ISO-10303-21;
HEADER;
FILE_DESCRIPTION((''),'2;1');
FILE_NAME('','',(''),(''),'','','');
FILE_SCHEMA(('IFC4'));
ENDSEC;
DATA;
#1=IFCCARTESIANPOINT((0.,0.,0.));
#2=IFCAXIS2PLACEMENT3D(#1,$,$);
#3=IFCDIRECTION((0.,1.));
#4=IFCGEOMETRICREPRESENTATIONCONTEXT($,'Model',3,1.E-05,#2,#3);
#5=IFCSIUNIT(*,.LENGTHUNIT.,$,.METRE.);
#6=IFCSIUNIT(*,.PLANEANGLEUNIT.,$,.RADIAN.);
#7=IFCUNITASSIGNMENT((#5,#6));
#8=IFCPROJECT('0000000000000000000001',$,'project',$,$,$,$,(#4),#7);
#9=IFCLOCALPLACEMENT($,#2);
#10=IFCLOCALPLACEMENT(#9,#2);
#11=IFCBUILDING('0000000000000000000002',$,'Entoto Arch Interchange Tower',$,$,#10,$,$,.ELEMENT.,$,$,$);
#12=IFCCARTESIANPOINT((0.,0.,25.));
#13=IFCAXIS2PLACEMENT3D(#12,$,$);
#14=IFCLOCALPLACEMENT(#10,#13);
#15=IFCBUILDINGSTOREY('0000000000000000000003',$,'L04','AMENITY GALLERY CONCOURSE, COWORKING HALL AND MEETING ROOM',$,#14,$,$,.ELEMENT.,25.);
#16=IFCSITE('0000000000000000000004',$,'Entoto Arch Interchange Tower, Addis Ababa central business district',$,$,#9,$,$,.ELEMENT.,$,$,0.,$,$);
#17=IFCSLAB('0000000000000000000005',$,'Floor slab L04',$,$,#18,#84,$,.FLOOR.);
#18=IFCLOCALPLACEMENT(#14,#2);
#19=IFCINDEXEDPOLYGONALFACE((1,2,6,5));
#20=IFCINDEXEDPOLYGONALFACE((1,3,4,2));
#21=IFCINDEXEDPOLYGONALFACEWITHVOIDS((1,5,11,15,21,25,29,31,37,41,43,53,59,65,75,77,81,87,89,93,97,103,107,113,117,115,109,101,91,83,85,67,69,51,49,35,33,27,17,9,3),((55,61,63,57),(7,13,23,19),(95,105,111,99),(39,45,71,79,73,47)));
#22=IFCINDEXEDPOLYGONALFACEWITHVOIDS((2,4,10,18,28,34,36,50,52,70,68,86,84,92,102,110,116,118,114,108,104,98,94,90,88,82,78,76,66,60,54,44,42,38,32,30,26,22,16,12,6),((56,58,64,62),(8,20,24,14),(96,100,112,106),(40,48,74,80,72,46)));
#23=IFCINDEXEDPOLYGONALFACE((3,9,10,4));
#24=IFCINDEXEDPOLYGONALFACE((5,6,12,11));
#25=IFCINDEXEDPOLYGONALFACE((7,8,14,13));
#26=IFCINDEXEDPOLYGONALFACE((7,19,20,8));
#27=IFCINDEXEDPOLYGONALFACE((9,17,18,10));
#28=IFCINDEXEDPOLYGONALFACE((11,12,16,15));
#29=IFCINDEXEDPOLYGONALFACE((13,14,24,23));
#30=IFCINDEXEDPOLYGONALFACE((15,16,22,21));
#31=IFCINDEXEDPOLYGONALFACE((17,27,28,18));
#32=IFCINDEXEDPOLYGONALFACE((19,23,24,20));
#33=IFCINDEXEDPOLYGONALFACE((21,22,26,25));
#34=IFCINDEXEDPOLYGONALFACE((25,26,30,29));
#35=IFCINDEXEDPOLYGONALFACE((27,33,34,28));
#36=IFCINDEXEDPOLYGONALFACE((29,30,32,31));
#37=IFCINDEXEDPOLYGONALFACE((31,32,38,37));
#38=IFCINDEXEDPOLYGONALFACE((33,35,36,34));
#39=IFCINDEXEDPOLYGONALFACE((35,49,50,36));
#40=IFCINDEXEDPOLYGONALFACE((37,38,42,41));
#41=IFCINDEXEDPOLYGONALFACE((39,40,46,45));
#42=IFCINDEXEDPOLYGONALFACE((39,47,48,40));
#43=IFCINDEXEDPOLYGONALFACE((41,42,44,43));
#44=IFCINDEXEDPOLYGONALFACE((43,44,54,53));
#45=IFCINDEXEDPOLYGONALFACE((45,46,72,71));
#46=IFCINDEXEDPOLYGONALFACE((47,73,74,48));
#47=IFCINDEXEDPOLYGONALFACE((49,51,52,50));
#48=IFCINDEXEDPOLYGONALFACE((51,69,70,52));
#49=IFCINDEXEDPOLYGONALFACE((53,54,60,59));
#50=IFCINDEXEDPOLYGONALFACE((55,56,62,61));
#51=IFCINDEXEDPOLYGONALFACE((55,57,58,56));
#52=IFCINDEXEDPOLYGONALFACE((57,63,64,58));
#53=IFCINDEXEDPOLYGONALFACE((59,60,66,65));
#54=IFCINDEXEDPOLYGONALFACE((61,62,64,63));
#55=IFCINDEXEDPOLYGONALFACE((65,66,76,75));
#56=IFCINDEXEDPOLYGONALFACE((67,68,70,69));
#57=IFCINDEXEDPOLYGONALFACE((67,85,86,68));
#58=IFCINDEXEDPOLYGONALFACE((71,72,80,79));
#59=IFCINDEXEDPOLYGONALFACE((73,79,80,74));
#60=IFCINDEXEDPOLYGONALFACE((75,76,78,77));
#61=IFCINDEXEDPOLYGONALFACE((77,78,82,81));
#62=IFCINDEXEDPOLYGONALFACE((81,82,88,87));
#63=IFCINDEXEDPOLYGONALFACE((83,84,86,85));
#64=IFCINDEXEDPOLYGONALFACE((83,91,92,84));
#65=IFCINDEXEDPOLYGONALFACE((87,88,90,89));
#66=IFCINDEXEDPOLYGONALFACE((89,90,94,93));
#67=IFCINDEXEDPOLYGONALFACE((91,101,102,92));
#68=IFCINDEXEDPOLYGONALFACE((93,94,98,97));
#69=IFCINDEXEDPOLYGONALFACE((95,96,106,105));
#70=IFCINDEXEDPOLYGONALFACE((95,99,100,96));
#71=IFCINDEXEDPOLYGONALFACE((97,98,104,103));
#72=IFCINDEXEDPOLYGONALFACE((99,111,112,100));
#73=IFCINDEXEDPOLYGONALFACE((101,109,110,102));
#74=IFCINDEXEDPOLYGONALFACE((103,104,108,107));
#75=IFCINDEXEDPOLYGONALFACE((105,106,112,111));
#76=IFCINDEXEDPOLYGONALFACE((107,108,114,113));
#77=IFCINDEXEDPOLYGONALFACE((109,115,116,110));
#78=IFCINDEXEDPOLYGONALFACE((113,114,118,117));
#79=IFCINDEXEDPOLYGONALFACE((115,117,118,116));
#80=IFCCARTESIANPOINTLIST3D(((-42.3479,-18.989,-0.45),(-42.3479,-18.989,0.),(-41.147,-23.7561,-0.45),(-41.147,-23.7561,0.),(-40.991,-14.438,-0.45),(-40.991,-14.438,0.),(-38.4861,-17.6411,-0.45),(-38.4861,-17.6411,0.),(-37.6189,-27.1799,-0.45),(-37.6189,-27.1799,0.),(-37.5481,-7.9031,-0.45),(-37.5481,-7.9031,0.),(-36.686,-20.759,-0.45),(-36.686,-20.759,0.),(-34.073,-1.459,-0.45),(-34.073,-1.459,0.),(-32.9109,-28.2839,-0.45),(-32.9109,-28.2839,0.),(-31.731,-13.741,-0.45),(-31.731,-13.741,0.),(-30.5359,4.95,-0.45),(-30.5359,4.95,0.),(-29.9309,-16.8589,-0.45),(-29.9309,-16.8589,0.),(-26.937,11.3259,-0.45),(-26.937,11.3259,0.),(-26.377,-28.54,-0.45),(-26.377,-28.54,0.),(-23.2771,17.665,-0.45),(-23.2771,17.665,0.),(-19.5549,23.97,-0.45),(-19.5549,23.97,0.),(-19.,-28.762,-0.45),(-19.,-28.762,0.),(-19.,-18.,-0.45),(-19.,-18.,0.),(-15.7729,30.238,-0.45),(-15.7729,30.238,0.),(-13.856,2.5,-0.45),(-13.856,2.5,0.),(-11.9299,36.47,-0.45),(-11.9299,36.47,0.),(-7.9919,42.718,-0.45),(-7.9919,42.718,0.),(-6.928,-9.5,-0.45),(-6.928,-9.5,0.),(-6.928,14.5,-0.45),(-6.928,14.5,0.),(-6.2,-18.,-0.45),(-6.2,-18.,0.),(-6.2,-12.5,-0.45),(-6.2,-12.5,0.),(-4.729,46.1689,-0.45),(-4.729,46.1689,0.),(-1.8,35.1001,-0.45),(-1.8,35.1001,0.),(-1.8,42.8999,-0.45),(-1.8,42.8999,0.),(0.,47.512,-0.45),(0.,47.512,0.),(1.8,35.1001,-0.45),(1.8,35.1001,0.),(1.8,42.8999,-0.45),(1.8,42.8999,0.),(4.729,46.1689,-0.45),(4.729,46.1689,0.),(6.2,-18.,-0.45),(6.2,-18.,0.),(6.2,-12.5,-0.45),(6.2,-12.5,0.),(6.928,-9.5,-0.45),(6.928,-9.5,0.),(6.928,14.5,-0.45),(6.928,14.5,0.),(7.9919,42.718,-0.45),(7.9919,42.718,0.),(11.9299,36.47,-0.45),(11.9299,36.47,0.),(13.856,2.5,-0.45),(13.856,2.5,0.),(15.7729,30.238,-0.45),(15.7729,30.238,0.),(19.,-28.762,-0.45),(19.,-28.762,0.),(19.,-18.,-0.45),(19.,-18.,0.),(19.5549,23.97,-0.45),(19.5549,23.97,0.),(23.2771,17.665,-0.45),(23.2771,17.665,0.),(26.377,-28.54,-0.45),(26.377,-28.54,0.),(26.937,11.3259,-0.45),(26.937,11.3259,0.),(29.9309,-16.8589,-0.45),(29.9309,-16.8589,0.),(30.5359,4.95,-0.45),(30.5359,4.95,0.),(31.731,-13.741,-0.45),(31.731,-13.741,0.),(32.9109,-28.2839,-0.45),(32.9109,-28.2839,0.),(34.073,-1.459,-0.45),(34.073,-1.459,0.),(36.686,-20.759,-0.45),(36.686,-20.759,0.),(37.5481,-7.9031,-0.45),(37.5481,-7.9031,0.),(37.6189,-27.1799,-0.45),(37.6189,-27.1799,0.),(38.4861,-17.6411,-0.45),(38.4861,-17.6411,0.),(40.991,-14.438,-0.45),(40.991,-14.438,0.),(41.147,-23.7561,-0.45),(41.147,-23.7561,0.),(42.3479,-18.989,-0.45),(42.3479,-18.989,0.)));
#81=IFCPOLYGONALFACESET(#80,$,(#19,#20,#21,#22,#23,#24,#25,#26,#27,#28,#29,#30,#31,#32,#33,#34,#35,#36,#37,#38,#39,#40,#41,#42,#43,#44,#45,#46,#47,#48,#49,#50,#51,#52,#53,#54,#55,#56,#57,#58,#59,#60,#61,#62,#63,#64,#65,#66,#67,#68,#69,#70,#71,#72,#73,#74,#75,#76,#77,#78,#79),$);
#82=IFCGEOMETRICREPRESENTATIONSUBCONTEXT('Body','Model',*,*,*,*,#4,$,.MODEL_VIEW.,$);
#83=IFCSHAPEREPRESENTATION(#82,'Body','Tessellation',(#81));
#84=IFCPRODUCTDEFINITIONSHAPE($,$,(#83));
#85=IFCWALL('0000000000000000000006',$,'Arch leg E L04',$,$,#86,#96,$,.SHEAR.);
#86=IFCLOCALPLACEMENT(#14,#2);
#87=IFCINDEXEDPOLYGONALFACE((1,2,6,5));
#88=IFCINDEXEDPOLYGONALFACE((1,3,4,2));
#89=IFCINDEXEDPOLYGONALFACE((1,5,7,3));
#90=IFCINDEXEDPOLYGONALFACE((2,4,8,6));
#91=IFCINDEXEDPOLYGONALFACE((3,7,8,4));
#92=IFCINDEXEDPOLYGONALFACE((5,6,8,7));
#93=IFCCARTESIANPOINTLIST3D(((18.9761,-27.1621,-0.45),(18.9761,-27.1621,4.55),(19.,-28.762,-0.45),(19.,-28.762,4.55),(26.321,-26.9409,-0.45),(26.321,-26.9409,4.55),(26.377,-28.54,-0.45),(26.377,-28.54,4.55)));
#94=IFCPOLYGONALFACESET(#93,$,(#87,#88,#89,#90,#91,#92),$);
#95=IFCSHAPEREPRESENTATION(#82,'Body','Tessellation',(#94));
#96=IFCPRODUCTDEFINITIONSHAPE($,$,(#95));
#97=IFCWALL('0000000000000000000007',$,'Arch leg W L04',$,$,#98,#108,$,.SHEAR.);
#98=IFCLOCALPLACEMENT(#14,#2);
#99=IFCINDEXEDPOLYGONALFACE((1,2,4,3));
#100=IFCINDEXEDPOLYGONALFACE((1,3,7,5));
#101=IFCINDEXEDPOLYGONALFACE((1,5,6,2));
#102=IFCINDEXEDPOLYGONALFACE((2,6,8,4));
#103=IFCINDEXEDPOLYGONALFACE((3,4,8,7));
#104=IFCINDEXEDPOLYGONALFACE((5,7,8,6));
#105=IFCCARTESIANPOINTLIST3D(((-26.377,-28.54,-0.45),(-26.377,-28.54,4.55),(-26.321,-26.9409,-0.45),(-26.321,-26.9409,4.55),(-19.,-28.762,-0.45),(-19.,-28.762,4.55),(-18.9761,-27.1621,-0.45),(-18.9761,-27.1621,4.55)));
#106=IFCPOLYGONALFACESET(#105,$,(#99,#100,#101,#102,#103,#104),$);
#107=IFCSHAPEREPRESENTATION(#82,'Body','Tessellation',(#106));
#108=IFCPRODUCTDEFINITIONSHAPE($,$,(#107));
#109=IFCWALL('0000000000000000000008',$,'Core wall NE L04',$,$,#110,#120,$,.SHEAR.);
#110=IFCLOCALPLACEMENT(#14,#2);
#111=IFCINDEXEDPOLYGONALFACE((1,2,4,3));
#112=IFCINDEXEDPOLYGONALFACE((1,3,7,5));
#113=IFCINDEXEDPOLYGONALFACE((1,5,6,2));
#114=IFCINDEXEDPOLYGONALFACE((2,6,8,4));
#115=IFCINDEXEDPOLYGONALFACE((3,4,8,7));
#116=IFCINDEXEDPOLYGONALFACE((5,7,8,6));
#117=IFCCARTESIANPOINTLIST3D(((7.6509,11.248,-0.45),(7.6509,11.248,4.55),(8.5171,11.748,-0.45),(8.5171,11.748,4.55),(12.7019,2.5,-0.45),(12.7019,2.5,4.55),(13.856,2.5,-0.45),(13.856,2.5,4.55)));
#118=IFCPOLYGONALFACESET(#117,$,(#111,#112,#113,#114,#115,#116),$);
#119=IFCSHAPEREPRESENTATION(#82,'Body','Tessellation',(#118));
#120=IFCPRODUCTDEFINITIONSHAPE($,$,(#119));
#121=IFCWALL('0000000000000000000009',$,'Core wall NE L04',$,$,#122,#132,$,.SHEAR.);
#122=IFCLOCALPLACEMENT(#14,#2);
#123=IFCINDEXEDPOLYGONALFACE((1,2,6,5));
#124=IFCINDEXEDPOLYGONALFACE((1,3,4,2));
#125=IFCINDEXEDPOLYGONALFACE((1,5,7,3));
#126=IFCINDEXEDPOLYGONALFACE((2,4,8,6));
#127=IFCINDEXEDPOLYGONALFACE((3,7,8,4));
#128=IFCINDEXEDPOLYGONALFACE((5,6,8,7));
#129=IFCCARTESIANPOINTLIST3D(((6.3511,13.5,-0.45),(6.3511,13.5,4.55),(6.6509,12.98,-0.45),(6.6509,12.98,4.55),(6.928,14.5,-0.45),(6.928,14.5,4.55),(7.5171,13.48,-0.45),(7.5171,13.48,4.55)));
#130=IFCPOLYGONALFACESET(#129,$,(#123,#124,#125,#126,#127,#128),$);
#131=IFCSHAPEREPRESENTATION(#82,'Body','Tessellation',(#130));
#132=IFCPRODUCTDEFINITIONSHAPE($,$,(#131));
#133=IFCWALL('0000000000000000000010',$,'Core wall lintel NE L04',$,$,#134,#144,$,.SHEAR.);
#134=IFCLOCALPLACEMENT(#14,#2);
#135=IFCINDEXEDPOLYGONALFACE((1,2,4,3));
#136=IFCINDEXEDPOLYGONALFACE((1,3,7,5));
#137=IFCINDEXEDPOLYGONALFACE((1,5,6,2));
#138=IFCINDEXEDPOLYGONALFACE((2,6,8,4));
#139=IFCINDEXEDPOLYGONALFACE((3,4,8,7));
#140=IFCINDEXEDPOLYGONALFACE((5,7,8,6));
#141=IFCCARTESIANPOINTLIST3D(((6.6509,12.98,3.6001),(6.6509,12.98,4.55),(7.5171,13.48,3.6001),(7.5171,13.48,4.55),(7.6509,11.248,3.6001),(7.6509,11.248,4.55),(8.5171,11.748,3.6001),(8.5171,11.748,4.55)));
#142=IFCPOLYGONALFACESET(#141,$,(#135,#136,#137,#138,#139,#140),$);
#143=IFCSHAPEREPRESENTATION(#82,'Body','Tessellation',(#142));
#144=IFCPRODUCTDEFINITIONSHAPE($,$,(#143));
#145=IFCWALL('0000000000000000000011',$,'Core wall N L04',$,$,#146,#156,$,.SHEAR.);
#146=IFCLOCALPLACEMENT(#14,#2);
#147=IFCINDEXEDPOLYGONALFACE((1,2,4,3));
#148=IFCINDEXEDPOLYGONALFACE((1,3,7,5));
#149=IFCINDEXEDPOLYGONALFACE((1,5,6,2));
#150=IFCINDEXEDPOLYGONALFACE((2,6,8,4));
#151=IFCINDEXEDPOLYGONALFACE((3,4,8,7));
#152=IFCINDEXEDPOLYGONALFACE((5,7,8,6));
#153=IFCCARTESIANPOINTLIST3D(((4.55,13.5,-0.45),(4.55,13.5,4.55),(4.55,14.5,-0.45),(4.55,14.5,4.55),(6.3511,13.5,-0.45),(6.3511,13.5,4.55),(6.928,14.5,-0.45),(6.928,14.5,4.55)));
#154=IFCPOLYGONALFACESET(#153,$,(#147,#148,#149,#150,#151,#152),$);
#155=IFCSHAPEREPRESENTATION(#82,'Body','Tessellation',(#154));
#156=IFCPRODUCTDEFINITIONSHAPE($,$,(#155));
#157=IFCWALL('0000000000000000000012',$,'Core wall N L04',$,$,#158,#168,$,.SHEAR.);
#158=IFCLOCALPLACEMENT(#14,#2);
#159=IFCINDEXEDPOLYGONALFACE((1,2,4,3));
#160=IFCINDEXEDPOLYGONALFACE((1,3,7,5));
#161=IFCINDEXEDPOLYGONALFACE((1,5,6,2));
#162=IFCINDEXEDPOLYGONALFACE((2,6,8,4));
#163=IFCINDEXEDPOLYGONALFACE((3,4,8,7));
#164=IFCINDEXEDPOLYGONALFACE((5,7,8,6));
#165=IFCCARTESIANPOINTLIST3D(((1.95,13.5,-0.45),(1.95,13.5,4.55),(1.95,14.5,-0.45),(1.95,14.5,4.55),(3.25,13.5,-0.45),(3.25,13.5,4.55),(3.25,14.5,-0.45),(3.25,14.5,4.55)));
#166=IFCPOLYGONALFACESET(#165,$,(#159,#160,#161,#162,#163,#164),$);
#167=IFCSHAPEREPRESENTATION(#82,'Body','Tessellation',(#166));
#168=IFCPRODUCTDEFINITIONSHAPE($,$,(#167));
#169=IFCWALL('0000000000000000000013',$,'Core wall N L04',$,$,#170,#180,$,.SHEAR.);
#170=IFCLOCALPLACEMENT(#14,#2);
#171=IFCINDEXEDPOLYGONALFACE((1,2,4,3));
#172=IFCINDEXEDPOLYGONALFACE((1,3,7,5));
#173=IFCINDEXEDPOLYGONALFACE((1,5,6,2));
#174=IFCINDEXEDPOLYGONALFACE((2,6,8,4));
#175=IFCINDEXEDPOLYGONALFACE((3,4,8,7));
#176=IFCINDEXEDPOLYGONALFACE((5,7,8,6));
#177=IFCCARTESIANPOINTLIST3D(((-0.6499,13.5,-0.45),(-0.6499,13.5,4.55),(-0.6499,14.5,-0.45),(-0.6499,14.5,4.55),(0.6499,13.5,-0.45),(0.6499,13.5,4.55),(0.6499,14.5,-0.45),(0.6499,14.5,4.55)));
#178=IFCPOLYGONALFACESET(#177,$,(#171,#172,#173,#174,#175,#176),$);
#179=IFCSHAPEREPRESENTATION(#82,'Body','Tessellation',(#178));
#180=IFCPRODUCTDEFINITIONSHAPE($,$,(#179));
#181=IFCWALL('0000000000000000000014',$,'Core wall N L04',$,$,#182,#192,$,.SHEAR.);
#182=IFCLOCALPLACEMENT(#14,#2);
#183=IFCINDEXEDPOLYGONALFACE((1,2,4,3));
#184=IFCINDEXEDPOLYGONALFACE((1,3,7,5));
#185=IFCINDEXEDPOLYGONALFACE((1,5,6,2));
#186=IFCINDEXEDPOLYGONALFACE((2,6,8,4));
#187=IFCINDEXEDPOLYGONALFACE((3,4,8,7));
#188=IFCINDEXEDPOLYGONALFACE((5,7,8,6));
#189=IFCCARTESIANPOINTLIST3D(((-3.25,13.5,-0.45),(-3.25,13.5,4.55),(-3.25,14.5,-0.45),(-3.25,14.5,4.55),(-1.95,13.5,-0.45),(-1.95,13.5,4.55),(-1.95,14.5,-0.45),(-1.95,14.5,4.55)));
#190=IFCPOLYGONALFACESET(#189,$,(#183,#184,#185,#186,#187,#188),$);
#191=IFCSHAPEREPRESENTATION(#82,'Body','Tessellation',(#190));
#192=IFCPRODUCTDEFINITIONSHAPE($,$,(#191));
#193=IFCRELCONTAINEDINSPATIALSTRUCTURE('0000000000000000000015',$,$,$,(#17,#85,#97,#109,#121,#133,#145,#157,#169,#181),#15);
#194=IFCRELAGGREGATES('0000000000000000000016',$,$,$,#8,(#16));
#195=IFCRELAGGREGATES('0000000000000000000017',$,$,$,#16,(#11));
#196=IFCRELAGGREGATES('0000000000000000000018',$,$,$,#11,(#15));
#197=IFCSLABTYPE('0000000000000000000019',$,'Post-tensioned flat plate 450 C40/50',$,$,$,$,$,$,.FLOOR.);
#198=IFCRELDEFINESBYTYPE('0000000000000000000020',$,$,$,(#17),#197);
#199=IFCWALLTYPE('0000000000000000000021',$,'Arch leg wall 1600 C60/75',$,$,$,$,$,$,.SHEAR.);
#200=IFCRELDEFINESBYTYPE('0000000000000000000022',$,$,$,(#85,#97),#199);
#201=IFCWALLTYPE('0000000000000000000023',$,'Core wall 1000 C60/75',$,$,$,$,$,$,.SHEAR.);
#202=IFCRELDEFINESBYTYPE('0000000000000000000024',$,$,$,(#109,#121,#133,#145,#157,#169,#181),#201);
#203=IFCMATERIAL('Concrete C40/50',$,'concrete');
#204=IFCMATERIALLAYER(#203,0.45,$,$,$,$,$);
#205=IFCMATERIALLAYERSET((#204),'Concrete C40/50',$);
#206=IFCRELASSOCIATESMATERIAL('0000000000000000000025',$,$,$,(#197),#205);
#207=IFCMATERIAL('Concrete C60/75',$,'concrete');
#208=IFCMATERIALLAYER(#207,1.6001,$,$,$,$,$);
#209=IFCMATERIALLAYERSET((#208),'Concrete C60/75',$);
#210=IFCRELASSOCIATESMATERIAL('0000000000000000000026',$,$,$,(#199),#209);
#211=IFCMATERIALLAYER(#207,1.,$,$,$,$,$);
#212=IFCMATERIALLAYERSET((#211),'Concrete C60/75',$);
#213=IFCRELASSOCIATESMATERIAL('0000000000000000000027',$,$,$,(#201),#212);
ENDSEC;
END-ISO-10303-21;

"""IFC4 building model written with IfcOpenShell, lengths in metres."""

from ifc_helpers import new_model, si_unit, direction, frame, origin, place, context, subcontext, project, spatial, polyline, outline, extrude, material, layer, layer_set, type_object, element, save


model = new_model("IFC4")

# Units and contexts
model_context = context("Model", 3, precision=1e-05, world=origin(), true_north=direction((0.0, 1.0)))
body_context = subcontext(model_context, "Body", "Model", "MODEL_VIEW")
ifc_project = project(units=[si_unit("LENGTHUNIT", "METRE"), si_unit("PLANEANGLEUNIT", "RADIAN")], contexts=[model_context])

# Site, building, storey
site_placement = place(None, origin())
site = spatial("IfcSite", under=ifc_project, at=site_placement, Name="Entoto Arch Interchange Tower, Addis Ababa central business district", CompositionType="ELEMENT", RefElevation=0.0)
building_placement = place(site_placement, origin())
building = spatial("IfcBuilding", under=site, at=building_placement, Name="Entoto Arch Interchange Tower", CompositionType="ELEMENT")
storey_placement = place(building_placement, frame((0.0, 0.0, 25.0)))
storey = spatial("IfcBuildingStorey", under=building, at=storey_placement, Name="L04", Description="AMENITY GALLERY CONCOURSE, COWORKING HALL AND MEETING ROOM", CompositionType="ELEMENT", Elevation=25.0)

# Slab
ifc_material_1 = material(Name="Concrete C40/50", Category="concrete")
ifc_layer_1 = layer(ifc_material_1, 0.45)
ifc_layer_set_1 = layer_set([ifc_layer_1], Name="Concrete C40/50")
slab_type = type_object("IfcSlabType", Name="Post-tensioned flat plate 450 C40/50", PredefinedType="FLOOR", material=ifc_layer_set_1)
slab_placement = place(storey_placement, frame((0.0, 0.0, -0.45)))
element("IfcSlab", 1, at=slab_placement, inside=storey, type_object=slab_type, Name="Floor slab L04", PredefinedType="FLOOR", context=body_context, shape_type="SweptSolid", body=[
    extrude(outline(polyline([(-26.377, -28.54), (-19.0, -28.762), (-19.0, -18.0), (-6.2, -18.0), (-6.2, -12.5), (6.2, -12.5), (6.2, -18.0), (19.0, -18.0), (19.0, -28.762), (26.377, -28.54), (32.9109, -28.2839), (37.6189, -27.1799), (41.147, -23.7561), (42.3479, -18.989), (40.991, -14.438), (37.5481, -7.9031), (34.073, -1.459), (30.5359, 4.95), (26.937, 11.3259), (23.2771, 17.665), (19.5549, 23.97), (15.7729, 30.238), (11.9299, 36.47), (7.9919, 42.718), (4.729, 46.1689), (0.0, 47.512), (-4.729, 46.1689), (-7.9919, 42.718), (-11.9299, 36.47), (-15.7729, 30.238), (-19.5549, 23.97), (-23.2771, 17.665), (-26.937, 11.3259), (-30.5359, 4.95), (-34.073, -1.459), (-37.5481, -7.9031), (-40.991, -14.438), (-42.3479, -18.989), (-41.147, -23.7561), (-37.6189, -27.1799), (-32.9109, -28.2839), (-26.377, -28.54)]), holes=[polyline([(-29.9309, -16.8589), (-31.731, -13.741), (-38.4861, -17.6411), (-36.686, -20.759), (-29.9309, -16.8589)]), polyline([(31.731, -13.741), (29.9309, -16.8589), (36.686, -20.759), (38.4861, -17.6411), (31.731, -13.741)]), polyline([(-6.928, -9.5), (6.928, -9.5), (13.856, 2.5), (6.928, 14.5), (-6.928, 14.5), (-13.856, 2.5), (-6.928, -9.5)]), polyline([(-1.8, 42.8999), (-1.8, 35.1001), (1.8, 35.1001), (1.8, 42.8999), (-1.8, 42.8999)])]), origin(), (0.0, 0.0, 1.0), 0.45),
])

# Walls
ifc_material_2 = material(Name="Concrete C60/75", Category="concrete")
ifc_layer_2 = layer(ifc_material_2, 1.6001)
ifc_layer_set_2 = layer_set([ifc_layer_2], Name="Concrete C60/75")
wall_type_1 = type_object("IfcWallType", Name="Arch leg wall 1600 C60/75", PredefinedType="SHEAR", material=ifc_layer_set_2)
wall_1_placement = place(storey_placement, frame((0.0, 0.0, -0.45)))
element("IfcWall", 2, at=wall_1_placement, inside=storey, type_object=wall_type_1, Name="Arch leg E L04", PredefinedType="SHEAR", context=body_context, shape_type="SweptSolid", body=[
    extrude(outline(polyline([(19.0, -28.762), (26.377, -28.54), (26.321, -26.9409), (18.9761, -27.1621), (19.0, -28.762)])), origin(), (0.0, 0.0, 1.0), 5.0),
])
wall_2_placement = place(storey_placement, frame((0.0, 0.0, -0.45)))
element("IfcWall", 3, at=wall_2_placement, inside=storey, type_object=wall_type_1, Name="Arch leg W L04", PredefinedType="SHEAR", context=body_context, shape_type="SweptSolid", body=[
    extrude(outline(polyline([(-26.377, -28.54), (-19.0, -28.762), (-18.9761, -27.1621), (-26.321, -26.9409), (-26.377, -28.54)])), origin(), (0.0, 0.0, 1.0), 5.0),
])
ifc_layer_3 = layer(ifc_material_2, 1.0)
ifc_layer_set_3 = layer_set([ifc_layer_3], Name="Concrete C60/75")
wall_type_2 = type_object("IfcWallType", Name="Core wall 1000 C60/75", PredefinedType="SHEAR", material=ifc_layer_set_3)
wall_3_placement = place(storey_placement, frame((0.0, 0.0, -0.45)))
element("IfcWall", 4, at=wall_3_placement, inside=storey, type_object=wall_type_2, Name="Core wall NE L04", PredefinedType="SHEAR", context=body_context, shape_type="SweptSolid", body=[
    extrude(outline(polyline([(8.5171, 11.748), (7.6509, 11.248), (12.7019, 2.5), (13.856, 2.5), (8.5171, 11.748)])), origin(), (0.0, 0.0, 1.0), 5.0),
])
wall_4_placement = place(storey_placement, frame((0.0, 0.0, -0.45)))
element("IfcWall", 5, at=wall_4_placement, inside=storey, type_object=wall_type_2, Name="Core wall NE L04", PredefinedType="SHEAR", context=body_context, shape_type="SweptSolid", body=[
    extrude(outline(polyline([(6.6509, 12.98), (7.5171, 13.48), (6.928, 14.5), (6.3511, 13.5), (6.6509, 12.98)])), origin(), (0.0, 0.0, 1.0), 5.0),
])
wall_5_placement = place(storey_placement, frame((0.0, 0.0, 3.6001)))
element("IfcWall", 6, at=wall_5_placement, inside=storey, type_object=wall_type_2, Name="Core wall lintel NE L04", PredefinedType="SHEAR", context=body_context, shape_type="SweptSolid", body=[
    extrude(outline(polyline([(7.5171, 13.48), (6.6509, 12.98), (7.6509, 11.248), (8.5171, 11.748), (7.5171, 13.48)])), origin(), (0.0, 0.0, 1.0), 0.95),
])
wall_6_placement = place(storey_placement, frame((0.0, 0.0, -0.45)))
element("IfcWall", 7, at=wall_6_placement, inside=storey, type_object=wall_type_2, Name="Core wall N L04", PredefinedType="SHEAR", context=body_context, shape_type="SweptSolid", body=[
    extrude(outline(polyline([(4.55, 14.5), (4.55, 13.5), (6.3511, 13.5), (6.928, 14.5), (4.55, 14.5)])), origin(), (0.0, 0.0, 1.0), 5.0),
])
wall_7_placement = place(storey_placement, frame((0.0, 0.0, -0.45)))
element("IfcWall", 8, at=wall_7_placement, inside=storey, type_object=wall_type_2, Name="Core wall N L04", PredefinedType="SHEAR", context=body_context, shape_type="SweptSolid", body=[
    extrude(outline(polyline([(1.95, 14.5), (1.95, 13.5), (3.25, 13.5), (3.25, 14.5), (1.95, 14.5)])), origin(), (0.0, 0.0, 1.0), 5.0),
])
wall_8_placement = place(storey_placement, frame((0.0, 0.0, -0.45)))
element("IfcWall", 9, at=wall_8_placement, inside=storey, type_object=wall_type_2, Name="Core wall N L04", PredefinedType="SHEAR", context=body_context, shape_type="SweptSolid", body=[
    extrude(outline(polyline([(-0.6499, 14.5), (-0.6499, 13.5), (0.6499, 13.5), (0.6499, 14.5), (-0.6499, 14.5)])), origin(), (0.0, 0.0, 1.0), 5.0),
])
wall_9_placement = place(storey_placement, frame((0.0, 0.0, -0.45)))
element("IfcWall", 10, at=wall_9_placement, inside=storey, type_object=wall_type_2, Name="Core wall N L04", PredefinedType="SHEAR", context=body_context, shape_type="SweptSolid", body=[
    extrude(outline(polyline([(-3.25, 14.5), (-3.25, 13.5), (-1.95, 13.5), (-1.95, 14.5), (-3.25, 14.5)])), origin(), (0.0, 0.0, 1.0), 5.0),
])

save(model, "model.ifc")
